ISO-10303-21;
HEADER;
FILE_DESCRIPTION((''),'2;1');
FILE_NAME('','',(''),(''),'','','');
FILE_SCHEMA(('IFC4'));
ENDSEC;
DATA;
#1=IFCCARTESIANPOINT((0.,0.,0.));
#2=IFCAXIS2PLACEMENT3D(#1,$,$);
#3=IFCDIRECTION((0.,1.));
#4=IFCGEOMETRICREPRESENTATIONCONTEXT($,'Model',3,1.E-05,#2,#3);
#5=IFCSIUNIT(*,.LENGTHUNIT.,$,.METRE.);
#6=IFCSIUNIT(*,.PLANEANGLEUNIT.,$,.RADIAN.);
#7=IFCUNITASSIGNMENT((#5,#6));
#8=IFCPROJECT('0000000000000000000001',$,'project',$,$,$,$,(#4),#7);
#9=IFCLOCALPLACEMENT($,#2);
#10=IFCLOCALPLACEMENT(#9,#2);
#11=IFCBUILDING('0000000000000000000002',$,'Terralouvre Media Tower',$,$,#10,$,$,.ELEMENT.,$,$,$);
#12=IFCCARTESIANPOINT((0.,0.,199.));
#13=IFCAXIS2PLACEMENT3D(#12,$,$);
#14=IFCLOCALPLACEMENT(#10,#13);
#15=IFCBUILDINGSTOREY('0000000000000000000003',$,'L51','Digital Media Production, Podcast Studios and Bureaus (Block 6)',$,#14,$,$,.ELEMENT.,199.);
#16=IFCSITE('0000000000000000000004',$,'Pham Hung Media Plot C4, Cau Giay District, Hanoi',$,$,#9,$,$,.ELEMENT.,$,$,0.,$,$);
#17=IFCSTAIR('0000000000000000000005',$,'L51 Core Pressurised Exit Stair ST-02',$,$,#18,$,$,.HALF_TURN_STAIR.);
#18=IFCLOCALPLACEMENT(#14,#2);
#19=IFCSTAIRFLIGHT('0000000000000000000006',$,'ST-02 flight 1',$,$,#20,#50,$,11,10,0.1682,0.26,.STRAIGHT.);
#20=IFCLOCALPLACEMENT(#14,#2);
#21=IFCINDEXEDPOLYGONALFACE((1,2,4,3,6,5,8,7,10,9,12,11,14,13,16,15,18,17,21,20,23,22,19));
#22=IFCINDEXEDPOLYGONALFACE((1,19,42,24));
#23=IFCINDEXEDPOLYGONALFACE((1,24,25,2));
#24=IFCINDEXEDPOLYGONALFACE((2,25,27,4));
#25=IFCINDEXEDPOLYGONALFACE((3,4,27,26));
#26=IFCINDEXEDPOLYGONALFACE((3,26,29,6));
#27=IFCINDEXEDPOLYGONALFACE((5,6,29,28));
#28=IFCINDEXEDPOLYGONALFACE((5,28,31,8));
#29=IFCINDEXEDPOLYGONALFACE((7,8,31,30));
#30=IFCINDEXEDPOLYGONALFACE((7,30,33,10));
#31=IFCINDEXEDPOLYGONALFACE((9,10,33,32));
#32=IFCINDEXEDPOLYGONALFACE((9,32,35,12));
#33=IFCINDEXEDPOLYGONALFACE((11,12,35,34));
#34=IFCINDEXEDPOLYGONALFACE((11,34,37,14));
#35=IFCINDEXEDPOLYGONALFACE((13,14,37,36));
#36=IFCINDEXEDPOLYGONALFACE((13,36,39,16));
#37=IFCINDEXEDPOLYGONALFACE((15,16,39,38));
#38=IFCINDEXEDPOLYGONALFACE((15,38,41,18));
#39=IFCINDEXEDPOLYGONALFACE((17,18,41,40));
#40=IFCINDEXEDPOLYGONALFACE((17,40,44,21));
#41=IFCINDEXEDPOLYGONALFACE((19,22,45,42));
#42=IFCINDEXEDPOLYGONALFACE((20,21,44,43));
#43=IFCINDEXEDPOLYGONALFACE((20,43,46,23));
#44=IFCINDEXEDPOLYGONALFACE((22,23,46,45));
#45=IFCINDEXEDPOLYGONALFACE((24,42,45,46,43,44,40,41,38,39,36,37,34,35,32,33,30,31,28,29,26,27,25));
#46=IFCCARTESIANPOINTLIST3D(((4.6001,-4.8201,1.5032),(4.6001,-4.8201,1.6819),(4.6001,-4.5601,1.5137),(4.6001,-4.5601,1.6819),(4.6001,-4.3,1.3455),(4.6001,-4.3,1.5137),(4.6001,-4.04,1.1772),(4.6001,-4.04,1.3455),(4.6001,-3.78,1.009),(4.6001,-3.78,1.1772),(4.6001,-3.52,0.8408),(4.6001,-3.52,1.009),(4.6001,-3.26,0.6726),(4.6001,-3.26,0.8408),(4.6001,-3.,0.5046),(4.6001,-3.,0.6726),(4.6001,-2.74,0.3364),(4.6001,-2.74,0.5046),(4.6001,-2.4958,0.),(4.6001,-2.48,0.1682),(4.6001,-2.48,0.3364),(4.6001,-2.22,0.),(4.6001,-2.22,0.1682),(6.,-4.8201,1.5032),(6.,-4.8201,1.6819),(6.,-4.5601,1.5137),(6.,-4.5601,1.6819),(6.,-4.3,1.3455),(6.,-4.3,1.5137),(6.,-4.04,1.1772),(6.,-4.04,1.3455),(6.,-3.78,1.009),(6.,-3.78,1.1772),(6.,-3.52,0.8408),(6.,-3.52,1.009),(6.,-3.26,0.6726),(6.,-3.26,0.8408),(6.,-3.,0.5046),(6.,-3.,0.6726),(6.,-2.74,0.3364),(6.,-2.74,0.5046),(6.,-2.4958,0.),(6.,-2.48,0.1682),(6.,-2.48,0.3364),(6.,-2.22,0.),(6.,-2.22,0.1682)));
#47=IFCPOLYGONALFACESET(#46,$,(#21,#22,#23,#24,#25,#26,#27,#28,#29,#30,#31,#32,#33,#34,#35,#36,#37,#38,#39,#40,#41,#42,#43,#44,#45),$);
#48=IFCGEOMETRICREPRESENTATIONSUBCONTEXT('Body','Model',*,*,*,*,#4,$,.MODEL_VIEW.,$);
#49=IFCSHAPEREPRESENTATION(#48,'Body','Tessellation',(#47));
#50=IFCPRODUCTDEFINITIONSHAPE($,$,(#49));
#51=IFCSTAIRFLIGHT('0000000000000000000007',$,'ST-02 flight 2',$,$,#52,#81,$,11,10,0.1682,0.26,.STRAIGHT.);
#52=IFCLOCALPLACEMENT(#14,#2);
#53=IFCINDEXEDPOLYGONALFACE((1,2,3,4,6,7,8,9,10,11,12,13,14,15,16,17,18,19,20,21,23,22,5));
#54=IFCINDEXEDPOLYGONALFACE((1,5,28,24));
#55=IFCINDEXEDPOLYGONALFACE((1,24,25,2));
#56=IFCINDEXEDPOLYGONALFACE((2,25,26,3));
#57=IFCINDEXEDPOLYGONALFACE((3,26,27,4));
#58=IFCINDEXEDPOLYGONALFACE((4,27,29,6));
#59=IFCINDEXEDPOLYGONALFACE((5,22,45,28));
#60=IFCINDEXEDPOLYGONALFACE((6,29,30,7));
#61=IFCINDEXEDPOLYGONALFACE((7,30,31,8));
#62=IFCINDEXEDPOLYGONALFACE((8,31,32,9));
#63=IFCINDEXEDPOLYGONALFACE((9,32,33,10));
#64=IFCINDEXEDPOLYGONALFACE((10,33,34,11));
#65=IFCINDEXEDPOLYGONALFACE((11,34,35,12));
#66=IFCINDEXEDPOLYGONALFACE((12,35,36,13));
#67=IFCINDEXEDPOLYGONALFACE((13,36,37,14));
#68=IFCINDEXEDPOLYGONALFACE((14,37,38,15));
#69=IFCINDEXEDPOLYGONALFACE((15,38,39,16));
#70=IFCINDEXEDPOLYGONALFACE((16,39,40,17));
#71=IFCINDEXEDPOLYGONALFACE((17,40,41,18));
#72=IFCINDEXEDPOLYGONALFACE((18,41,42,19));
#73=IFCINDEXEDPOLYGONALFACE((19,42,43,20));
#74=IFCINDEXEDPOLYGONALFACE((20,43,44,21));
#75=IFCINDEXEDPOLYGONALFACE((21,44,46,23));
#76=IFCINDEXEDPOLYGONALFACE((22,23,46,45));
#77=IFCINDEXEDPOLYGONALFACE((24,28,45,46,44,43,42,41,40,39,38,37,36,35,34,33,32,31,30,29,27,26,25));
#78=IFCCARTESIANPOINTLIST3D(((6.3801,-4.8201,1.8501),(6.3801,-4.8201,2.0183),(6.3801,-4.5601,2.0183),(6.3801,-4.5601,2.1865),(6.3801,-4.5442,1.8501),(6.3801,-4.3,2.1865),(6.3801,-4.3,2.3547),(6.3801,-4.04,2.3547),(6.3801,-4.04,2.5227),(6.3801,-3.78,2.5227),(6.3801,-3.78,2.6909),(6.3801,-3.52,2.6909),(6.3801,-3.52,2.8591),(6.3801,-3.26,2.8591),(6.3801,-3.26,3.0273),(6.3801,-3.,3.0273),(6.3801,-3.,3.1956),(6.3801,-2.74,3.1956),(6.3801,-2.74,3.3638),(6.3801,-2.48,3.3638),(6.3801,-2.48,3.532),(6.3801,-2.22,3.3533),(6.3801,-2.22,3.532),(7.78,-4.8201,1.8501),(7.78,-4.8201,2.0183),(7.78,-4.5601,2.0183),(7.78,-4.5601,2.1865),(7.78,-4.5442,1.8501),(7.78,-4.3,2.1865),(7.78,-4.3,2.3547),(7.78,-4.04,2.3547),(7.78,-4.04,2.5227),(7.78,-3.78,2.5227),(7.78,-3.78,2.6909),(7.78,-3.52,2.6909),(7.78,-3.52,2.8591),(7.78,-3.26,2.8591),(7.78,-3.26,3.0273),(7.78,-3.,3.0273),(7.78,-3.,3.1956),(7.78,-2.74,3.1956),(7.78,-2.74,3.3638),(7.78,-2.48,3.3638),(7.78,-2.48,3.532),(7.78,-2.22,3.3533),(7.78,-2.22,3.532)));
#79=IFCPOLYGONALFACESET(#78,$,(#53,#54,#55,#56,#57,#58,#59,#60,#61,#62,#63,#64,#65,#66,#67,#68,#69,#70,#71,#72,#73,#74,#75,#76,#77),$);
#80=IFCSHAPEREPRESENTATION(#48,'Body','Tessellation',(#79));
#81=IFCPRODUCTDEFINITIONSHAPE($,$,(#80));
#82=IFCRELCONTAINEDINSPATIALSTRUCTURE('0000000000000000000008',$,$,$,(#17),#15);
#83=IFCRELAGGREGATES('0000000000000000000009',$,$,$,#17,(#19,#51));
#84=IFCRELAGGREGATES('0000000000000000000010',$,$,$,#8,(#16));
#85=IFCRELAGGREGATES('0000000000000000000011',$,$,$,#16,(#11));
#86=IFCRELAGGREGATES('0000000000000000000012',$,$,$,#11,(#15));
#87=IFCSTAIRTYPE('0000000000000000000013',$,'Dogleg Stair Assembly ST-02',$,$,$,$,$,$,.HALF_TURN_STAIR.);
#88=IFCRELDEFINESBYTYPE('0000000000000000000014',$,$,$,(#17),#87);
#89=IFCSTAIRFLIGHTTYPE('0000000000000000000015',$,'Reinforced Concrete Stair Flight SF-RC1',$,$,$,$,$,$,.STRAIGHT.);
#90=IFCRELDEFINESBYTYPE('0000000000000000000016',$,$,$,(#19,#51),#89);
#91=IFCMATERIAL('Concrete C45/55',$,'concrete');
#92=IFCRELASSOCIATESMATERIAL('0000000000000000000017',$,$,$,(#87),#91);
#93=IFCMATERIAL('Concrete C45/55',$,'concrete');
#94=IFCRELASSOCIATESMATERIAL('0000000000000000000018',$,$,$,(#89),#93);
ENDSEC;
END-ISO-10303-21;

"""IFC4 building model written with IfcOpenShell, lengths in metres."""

from ifc_helpers import new_model, si_unit, direction, frame, origin, place, context, subcontext, project, spatial, polyline, outline, extrude, material, type_object, element, aggregate, save


model = new_model("IFC4")

# Units and contexts
model_context = context("Model", 3, precision=1e-05, world=origin(), true_north=direction((0.0, 1.0)))
body_context = subcontext(model_context, "Body", "Model", "MODEL_VIEW")
ifc_project = project(units=[si_unit("LENGTHUNIT", "METRE"), si_unit("PLANEANGLEUNIT", "RADIAN")], contexts=[model_context])

# Site, building, storey
site_placement = place(None, origin())
site = spatial("IfcSite", under=ifc_project, at=site_placement, Name="Pham Hung Media Plot C4, Cau Giay District, Hanoi", CompositionType="ELEMENT", RefElevation=0.0)
building_placement = place(site_placement, origin())
building = spatial("IfcBuilding", under=site, at=building_placement, Name="Terralouvre Media Tower", CompositionType="ELEMENT")
storey_placement = place(building_placement, frame((0.0, 0.0, 199.0)))
storey = spatial("IfcBuildingStorey", under=building, at=storey_placement, Name="L51", Description="Digital Media Production, Podcast Studios and Bureaus (Block 6)", CompositionType="ELEMENT", Elevation=199.0)

# Stair, stair flights
ifc_material_1 = material(Name="Concrete C45/55", Category="concrete")
stair_type_1 = type_object("IfcStairType", Name="Dogleg Stair Assembly ST-02", PredefinedType="HALF_TURN_STAIR", material=ifc_material_1)
stair_1_placement = place(storey_placement, origin())
stair_1 = element("IfcStair", 1, at=stair_1_placement, inside=storey, type_object=stair_type_1, Name="L51 Core Pressurised Exit Stair ST-02", PredefinedType="HALF_TURN_STAIR")
ifc_material_2 = material(Name="Concrete C45/55", Category="concrete")
stair_flight_type = type_object("IfcStairFlightType", Name="Reinforced Concrete Stair Flight SF-RC1", PredefinedType="STRAIGHT", material=ifc_material_2)
stair_flight_1_placement = place(storey_placement, frame((5.3, -2.22, 0.0), z_axis=(0.0, 0.0, 1.0), x_axis=(0.0, -1.0, 0.0)))
stair_flight_1 = element("IfcStairFlight", 2, at=stair_flight_1_placement, type_object=stair_flight_type, Name="ST-02 flight 1", NumberOfRisers=11, NumberOfTreads=10, PredefinedType="STRAIGHT", RiserHeight=0.1682, TreadLength=0.26, context=body_context, shape_type="SweptSolid", body=[
    extrude(outline(polyline([(0.0, 0.0), (0.0, 0.1682), (0.26, 0.1682), (0.26, 0.3364), (0.52, 0.3364), (0.52, 0.5046), (0.78, 0.5046), (0.78, 0.6726), (1.04, 0.6726), (1.04, 0.8408), (1.3, 0.8408), (1.3, 1.009), (1.5601, 1.009), (1.5601, 1.1772), (1.8201, 1.1772), (1.8201, 1.3455), (2.0801, 1.3455), (2.0801, 1.5137), (2.3401, 1.5137), (2.3401, 1.6819), (2.6001, 1.6819), (2.6001, 1.8501), (2.6001, 1.5032), (0.2759, 0.0), (0.0, 0.0)])), frame((0.0, 0.7, 0.0), z_axis=(0.0, -1.0, 0.0), x_axis=(1.0, 0.0, 0.0)), (0.0, 0.0, 1.0), 1.3999),
])
stair_flight_2_placement = place(storey_placement, frame((7.0801, -4.8201, 1.8501), z_axis=(0.0, 0.0, 1.0), x_axis=(0.0, 1.0, 0.0)))
stair_flight_2 = element("IfcStairFlight", 3, at=stair_flight_2_placement, type_object=stair_flight_type, Name="ST-02 flight 2", NumberOfRisers=11, NumberOfTreads=10, PredefinedType="STRAIGHT", RiserHeight=0.1682, TreadLength=0.26, context=body_context, shape_type="SweptSolid", body=[
    extrude(outline(polyline([(0.0, 0.0), (0.0, 0.1682), (0.26, 0.1682), (0.26, 0.3364), (0.52, 0.3364), (0.52, 0.5046), (0.78, 0.5046), (0.78, 0.6726), (1.04, 0.6726), (1.04, 0.8408), (1.3, 0.8408), (1.3, 1.009), (1.5601, 1.009), (1.5601, 1.1772), (1.8201, 1.1772), (1.8201, 1.3455), (2.0801, 1.3455), (2.0801, 1.5137), (2.3401, 1.5137), (2.3401, 1.6819), (2.6001, 1.6819), (2.6001, 1.8501), (2.6001, 1.5032), (0.2759, 0.0), (0.0, 0.0)])), frame((0.0, 0.7, 0.0), z_axis=(0.0, -1.0, 0.0), x_axis=(1.0, 0.0, 0.0)), (0.0, 0.0, 1.0), 1.3999),
])
aggregate(stair_1, [stair_flight_1, stair_flight_2])

save(model, "model.ifc")
